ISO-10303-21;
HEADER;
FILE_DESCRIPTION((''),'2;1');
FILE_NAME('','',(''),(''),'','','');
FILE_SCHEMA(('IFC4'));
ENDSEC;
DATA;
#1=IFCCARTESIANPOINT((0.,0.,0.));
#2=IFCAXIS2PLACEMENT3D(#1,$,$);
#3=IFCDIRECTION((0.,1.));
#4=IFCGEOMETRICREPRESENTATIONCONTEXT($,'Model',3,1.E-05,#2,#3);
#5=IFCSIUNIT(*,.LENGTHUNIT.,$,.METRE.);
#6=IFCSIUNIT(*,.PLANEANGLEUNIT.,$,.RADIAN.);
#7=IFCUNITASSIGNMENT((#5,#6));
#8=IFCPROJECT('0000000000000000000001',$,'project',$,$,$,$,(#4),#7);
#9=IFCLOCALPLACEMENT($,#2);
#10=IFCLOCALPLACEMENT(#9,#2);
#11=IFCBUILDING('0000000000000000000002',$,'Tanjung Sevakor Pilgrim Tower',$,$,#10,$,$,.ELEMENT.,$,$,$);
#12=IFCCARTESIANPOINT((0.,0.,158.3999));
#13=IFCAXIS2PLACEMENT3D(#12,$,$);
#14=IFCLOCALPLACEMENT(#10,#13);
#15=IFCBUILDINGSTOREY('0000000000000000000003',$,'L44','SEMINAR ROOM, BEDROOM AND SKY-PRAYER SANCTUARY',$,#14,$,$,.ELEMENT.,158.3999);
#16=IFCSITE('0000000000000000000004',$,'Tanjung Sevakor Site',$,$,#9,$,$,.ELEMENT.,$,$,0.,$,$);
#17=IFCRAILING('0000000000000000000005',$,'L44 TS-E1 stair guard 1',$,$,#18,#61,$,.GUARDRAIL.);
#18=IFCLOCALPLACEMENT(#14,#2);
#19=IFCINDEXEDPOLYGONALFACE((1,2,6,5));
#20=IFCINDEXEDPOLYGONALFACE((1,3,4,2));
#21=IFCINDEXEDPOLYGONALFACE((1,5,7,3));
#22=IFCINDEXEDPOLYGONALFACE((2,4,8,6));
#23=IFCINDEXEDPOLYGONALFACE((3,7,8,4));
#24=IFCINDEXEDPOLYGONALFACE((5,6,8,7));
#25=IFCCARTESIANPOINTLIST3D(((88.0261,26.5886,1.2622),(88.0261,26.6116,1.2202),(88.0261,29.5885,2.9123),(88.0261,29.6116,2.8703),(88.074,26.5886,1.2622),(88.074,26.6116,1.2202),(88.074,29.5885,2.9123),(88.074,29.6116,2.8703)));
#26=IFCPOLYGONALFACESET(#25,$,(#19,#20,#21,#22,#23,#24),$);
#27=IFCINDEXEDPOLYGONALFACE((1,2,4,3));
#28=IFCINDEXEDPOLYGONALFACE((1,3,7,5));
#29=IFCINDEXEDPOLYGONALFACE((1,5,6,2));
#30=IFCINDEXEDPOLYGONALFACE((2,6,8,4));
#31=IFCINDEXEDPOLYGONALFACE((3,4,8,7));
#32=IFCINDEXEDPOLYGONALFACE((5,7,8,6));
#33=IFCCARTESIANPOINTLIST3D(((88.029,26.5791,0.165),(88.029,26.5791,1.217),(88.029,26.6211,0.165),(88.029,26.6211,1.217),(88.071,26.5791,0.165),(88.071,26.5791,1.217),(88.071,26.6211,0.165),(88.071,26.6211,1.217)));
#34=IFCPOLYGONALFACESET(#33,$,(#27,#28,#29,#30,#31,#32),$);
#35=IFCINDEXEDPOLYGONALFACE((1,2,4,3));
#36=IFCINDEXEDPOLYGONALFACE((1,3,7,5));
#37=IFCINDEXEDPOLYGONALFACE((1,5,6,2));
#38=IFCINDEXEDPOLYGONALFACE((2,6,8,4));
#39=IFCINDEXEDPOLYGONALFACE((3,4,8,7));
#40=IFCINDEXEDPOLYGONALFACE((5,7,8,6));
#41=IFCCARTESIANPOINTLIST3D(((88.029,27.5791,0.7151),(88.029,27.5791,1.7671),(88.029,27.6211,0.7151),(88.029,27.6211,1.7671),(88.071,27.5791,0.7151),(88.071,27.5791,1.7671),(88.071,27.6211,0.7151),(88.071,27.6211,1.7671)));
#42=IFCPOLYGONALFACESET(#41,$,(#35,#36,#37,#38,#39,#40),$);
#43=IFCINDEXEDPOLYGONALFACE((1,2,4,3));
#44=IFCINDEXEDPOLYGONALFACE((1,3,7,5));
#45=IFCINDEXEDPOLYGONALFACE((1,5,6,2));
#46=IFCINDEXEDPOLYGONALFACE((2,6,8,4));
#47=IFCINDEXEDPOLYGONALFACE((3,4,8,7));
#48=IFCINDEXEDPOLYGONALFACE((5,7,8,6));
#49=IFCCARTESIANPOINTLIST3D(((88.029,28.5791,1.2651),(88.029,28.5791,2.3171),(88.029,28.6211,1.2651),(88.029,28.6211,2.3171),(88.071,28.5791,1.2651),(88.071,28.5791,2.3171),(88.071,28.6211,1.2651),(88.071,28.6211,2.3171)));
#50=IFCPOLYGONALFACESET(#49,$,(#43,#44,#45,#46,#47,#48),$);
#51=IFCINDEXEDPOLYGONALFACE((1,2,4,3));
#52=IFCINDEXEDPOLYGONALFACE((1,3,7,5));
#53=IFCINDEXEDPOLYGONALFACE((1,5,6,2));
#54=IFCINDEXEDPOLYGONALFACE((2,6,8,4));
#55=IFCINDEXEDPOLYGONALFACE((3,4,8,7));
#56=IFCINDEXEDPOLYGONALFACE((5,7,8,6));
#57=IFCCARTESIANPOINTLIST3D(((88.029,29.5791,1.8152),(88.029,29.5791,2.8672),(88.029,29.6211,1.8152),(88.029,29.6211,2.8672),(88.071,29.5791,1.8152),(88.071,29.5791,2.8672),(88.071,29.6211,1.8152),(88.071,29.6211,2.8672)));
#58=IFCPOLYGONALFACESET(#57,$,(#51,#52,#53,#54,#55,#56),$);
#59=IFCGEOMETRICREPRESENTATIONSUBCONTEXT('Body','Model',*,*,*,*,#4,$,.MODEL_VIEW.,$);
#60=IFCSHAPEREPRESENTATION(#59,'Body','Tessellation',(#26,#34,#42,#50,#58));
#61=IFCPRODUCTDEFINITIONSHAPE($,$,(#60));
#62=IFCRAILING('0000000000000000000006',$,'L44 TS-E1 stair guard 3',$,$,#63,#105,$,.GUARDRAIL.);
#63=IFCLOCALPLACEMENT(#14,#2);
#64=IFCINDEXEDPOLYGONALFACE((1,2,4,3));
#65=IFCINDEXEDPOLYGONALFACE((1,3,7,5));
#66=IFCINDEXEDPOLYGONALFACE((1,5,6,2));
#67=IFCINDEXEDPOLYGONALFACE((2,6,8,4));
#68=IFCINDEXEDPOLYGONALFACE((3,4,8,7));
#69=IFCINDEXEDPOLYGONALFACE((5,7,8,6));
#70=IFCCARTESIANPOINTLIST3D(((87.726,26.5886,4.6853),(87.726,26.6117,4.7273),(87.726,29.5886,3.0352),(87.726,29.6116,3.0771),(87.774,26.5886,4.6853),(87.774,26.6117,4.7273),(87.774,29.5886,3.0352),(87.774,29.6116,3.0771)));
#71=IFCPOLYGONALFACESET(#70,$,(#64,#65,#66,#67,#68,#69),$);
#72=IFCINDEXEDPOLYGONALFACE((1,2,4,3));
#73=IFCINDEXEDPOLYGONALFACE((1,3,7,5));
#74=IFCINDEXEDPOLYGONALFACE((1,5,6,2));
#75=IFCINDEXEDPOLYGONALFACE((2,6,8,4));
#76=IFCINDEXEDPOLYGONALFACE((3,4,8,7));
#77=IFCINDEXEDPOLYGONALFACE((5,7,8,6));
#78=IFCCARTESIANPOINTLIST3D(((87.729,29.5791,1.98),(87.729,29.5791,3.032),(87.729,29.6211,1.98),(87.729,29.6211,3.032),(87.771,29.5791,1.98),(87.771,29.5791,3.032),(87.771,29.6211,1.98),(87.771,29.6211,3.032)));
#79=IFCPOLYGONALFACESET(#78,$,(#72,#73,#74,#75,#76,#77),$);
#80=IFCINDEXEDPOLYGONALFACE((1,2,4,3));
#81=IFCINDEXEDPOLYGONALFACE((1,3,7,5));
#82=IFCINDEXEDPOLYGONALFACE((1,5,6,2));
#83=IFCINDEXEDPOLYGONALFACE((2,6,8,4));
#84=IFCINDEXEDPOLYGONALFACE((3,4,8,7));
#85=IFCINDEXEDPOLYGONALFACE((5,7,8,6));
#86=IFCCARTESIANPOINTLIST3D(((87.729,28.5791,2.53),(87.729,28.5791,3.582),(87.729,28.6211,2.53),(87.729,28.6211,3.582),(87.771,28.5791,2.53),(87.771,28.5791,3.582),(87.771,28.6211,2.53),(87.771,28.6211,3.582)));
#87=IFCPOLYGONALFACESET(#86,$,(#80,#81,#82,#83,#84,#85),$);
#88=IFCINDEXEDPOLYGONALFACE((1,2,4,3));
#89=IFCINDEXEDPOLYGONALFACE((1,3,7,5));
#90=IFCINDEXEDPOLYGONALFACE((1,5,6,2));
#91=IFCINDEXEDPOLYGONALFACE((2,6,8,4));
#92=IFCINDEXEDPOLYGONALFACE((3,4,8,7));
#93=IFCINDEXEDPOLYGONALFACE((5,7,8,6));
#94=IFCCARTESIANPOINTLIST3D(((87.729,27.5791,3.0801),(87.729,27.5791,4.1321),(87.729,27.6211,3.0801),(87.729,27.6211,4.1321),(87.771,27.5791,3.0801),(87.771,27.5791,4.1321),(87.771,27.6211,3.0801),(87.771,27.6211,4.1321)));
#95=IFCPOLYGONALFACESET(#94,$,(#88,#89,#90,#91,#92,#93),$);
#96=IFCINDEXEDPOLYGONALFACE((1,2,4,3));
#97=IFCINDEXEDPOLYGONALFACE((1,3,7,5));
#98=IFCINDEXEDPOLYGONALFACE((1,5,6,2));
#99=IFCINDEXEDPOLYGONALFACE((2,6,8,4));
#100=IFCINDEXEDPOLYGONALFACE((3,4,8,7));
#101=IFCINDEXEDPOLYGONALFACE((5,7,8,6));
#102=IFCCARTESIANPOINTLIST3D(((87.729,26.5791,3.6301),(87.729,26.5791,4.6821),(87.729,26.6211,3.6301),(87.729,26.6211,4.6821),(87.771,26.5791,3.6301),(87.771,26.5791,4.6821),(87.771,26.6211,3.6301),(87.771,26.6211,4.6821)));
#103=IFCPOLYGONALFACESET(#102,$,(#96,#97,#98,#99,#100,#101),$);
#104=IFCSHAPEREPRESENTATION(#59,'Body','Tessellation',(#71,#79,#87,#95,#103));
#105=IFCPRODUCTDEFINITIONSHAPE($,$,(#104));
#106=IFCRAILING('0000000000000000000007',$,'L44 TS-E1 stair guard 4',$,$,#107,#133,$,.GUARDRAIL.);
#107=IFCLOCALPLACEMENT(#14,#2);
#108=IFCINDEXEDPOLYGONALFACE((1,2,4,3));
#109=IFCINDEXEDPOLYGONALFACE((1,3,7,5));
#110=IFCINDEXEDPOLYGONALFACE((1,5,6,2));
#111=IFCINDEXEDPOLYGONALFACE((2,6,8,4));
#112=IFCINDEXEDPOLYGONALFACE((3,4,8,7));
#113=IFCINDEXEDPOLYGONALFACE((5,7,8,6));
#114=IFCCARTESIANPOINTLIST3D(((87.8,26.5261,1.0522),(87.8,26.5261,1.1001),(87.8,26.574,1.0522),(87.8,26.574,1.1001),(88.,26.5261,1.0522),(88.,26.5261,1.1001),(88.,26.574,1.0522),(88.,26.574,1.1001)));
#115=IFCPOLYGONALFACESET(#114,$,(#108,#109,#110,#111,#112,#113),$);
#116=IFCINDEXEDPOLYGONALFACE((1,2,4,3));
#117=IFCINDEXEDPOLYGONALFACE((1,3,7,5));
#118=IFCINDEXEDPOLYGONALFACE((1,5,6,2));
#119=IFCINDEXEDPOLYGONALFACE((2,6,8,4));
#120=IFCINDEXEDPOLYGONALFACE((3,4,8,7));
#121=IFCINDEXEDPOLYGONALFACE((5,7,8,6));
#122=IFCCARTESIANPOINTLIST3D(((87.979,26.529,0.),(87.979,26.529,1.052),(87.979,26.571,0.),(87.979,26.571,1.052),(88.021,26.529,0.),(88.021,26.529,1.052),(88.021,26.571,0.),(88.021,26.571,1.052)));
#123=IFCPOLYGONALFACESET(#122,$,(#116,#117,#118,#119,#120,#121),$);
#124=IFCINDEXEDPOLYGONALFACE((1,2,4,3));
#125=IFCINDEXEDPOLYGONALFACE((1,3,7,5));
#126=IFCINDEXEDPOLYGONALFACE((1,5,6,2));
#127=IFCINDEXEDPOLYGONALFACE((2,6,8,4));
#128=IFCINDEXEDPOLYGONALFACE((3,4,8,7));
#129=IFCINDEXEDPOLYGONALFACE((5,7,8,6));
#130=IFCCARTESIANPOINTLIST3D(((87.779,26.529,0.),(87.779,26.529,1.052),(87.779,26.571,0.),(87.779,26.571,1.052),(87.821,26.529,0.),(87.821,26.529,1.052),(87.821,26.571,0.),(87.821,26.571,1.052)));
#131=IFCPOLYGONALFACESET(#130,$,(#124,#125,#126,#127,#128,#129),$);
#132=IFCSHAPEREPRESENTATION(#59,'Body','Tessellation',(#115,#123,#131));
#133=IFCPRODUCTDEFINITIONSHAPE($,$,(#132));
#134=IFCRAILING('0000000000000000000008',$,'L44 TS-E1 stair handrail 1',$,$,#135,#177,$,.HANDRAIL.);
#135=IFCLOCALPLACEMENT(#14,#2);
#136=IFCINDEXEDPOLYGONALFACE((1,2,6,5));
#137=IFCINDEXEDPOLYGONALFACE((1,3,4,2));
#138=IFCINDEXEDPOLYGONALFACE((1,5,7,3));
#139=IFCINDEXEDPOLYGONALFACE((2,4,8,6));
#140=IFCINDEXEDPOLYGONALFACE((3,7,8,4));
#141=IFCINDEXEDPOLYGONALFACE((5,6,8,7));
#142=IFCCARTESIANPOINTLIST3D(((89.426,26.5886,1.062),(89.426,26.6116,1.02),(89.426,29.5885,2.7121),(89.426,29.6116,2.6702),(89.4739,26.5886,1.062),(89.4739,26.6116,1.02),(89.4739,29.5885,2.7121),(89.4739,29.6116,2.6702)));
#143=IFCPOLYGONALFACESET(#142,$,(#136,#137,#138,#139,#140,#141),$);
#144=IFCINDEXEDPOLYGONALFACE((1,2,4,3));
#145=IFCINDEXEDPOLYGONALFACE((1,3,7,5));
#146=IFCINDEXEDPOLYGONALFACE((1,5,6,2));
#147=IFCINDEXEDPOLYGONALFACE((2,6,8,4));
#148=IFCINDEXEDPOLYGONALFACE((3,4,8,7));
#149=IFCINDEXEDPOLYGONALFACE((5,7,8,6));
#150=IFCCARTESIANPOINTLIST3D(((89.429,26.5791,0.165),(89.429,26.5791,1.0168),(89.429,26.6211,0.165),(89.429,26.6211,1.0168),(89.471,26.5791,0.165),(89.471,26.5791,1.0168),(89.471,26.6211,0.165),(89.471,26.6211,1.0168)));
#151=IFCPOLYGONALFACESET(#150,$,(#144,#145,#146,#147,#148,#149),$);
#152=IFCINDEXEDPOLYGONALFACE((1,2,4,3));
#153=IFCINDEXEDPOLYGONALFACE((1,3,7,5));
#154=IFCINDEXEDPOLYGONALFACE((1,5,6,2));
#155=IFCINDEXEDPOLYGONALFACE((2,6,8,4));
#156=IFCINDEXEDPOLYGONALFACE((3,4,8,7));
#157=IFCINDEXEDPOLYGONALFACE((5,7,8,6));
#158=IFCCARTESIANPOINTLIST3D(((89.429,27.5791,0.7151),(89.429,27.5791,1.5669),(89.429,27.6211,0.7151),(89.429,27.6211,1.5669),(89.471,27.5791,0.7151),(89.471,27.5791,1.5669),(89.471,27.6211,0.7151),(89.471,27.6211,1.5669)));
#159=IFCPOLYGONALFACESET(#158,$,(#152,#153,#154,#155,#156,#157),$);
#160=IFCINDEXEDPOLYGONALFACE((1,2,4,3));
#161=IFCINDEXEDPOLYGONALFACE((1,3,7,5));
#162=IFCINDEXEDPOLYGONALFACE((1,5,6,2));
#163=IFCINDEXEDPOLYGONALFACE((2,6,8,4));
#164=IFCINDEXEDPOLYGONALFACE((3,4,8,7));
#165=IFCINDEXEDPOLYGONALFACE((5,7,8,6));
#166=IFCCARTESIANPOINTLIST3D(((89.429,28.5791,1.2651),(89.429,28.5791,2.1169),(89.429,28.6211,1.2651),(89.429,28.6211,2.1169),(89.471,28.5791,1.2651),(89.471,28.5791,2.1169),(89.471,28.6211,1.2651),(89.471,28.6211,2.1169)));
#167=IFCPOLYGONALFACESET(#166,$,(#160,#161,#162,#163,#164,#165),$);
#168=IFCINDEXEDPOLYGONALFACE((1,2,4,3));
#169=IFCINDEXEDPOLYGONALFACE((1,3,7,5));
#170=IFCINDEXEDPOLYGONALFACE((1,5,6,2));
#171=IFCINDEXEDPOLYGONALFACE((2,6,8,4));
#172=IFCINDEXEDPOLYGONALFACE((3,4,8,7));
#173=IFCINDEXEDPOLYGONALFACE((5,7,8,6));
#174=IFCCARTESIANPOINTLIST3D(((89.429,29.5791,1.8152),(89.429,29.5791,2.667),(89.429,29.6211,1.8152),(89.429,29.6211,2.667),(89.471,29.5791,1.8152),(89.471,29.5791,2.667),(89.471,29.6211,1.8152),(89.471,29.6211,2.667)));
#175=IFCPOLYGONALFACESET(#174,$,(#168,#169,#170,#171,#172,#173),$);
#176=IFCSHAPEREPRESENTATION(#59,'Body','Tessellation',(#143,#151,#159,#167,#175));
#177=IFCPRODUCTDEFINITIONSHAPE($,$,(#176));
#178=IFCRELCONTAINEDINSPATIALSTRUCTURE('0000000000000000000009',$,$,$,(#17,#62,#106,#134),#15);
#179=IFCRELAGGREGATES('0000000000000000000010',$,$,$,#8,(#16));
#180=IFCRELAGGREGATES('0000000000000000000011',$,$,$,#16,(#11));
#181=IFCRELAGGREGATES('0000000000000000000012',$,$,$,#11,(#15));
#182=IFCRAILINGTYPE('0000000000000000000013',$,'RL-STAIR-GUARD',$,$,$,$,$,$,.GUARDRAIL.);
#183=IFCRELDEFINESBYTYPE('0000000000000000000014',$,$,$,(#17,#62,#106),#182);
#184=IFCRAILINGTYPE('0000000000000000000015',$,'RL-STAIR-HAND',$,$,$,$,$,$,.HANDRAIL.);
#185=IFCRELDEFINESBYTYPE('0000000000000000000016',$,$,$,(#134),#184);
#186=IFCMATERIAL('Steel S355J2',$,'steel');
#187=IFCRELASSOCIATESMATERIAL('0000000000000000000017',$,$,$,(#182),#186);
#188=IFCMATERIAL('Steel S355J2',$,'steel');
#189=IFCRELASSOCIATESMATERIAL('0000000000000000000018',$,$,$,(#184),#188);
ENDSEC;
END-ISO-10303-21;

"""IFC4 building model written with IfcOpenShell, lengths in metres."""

from ifc_helpers import new_model, si_unit, direction, frame, origin, place, context, subcontext, project, spatial, rectangle, extrude, material, type_object, element, save


model = new_model("IFC4")

# Units and contexts
model_context = context("Model", 3, precision=1e-05, world=origin(), true_north=direction((0.0, 1.0)))
body_context = subcontext(model_context, "Body", "Model", "MODEL_VIEW")
ifc_project = project(units=[si_unit("LENGTHUNIT", "METRE"), si_unit("PLANEANGLEUNIT", "RADIAN")], contexts=[model_context])

# Site, building, storey
site_placement = place(None, origin())
site = spatial("IfcSite", under=ifc_project, at=site_placement, Name="Tanjung Sevakor Site", CompositionType="ELEMENT", RefElevation=0.0)
building_placement = place(site_placement, origin())
building = spatial("IfcBuilding", under=site, at=building_placement, Name="Tanjung Sevakor Pilgrim Tower", CompositionType="ELEMENT")
storey_placement = place(building_placement, frame((0.0, 0.0, 158.3999)))
storey = spatial("IfcBuildingStorey", under=building, at=storey_placement, Name="L44", Description="SEMINAR ROOM, BEDROOM AND SKY-PRAYER SANCTUARY", CompositionType="ELEMENT", Elevation=158.3999)

# Railings
ifc_material_1 = material(Name="Steel S355J2", Category="steel")
railing_type_1 = type_object("IfcRailingType", Name="RL-STAIR-GUARD", PredefinedType="GUARDRAIL", material=ifc_material_1)
railing_1_placement = place(storey_placement, frame((88.05, 26.6001, 0.165)))
element("IfcRailing", 1, at=railing_1_placement, inside=storey, type_object=railing_type_1, Name="L44 TS-E1 stair guard 1", PredefinedType="GUARDRAIL", context=body_context, shape_type="SweptSolid", body=[
    extrude(rectangle(XDim=0.0479, YDim=0.0479), frame((0.0, 0.0, 1.0762), z_axis=(0.0, 0.876198, 0.481952), x_axis=(-1.0, 0.0, 0.0)), (0.0, 0.0, 1.0), 3.4238),
    extrude(rectangle(XDim=0.042, YDim=0.042), origin(), (0.0, 0.0, 1.0), 1.052),
    extrude(rectangle(XDim=0.042, YDim=0.042), frame((0.0, 1.0, 0.55)), (0.0, 0.0, 1.0), 1.052),
    extrude(rectangle(XDim=0.042, YDim=0.042), frame((0.0, 2.0, 1.1001)), (0.0, 0.0, 1.0), 1.052),
    extrude(rectangle(XDim=0.042, YDim=0.042), frame((0.0, 3.0, 1.6501)), (0.0, 0.0, 1.0), 1.052),
])
railing_2_placement = place(storey_placement, frame((87.75, 29.6001, 1.98)))
element("IfcRailing", 2, at=railing_2_placement, inside=storey, type_object=railing_type_1, Name="L44 TS-E1 stair guard 3", PredefinedType="GUARDRAIL", context=body_context, shape_type="SweptSolid", body=[
    extrude(rectangle(XDim=0.0479, YDim=0.0479), frame((0.0, 0.0, 1.0762), z_axis=(0.0, -0.876198, 0.481952), x_axis=(1.0, 0.0, 0.0)), (0.0, 0.0, 1.0), 3.4238),
    extrude(rectangle(XDim=0.042, YDim=0.042), origin(), (0.0, 0.0, 1.0), 1.052),
    extrude(rectangle(XDim=0.042, YDim=0.042), frame((0.0, -1.0, 0.55)), (0.0, 0.0, 1.0), 1.052),
    extrude(rectangle(XDim=0.042, YDim=0.042), frame((0.0, -2.0, 1.1001)), (0.0, 0.0, 1.0), 1.052),
    extrude(rectangle(XDim=0.042, YDim=0.042), frame((0.0, -3.0, 1.6501)), (0.0, 0.0, 1.0), 1.052),
])
railing_3_placement = place(storey_placement, frame((88.0, 26.55, 0.0)))
element("IfcRailing", 3, at=railing_3_placement, inside=storey, type_object=railing_type_1, Name="L44 TS-E1 stair guard 4", PredefinedType="GUARDRAIL", context=body_context, shape_type="SweptSolid", body=[
    extrude(rectangle(XDim=0.0479, YDim=0.0479), frame((0.0, 0.0, 1.0762), z_axis=(-1.0, 0.0, 0.0), x_axis=(0.0, -1.0, 0.0)), (0.0, 0.0, 1.0), 0.2),
    extrude(rectangle(XDim=0.042, YDim=0.042), origin(), (0.0, 0.0, 1.0), 1.052),
    extrude(rectangle(XDim=0.042, YDim=0.042), frame((-0.2, 0.0, 0.0)), (0.0, 0.0, 1.0), 1.052),
])
ifc_material_2 = material(Name="Steel S355J2", Category="steel")
railing_type_2 = type_object("IfcRailingType", Name="RL-STAIR-HAND", PredefinedType="HANDRAIL", material=ifc_material_2)
railing_4_placement = place(storey_placement, frame((89.45, 26.6001, 0.165)))
element("IfcRailing", 4, at=railing_4_placement, inside=storey, type_object=railing_type_2, Name="L44 TS-E1 stair handrail 1", PredefinedType="HANDRAIL", context=body_context, shape_type="SweptSolid", body=[
    extrude(rectangle(XDim=0.0479, YDim=0.0479), frame((0.0, 0.0, 0.876), z_axis=(0.0, 0.876198, 0.481952), x_axis=(-1.0, 0.0, 0.0)), (0.0, 0.0, 1.0), 3.4238),
    extrude(rectangle(XDim=0.042, YDim=0.042), origin(), (0.0, 0.0, 1.0), 0.8518),
    extrude(rectangle(XDim=0.042, YDim=0.042), frame((0.0, 1.0, 0.55)), (0.0, 0.0, 1.0), 0.8518),
    extrude(rectangle(XDim=0.042, YDim=0.042), frame((0.0, 2.0, 1.1001)), (0.0, 0.0, 1.0), 0.8518),
    extrude(rectangle(XDim=0.042, YDim=0.042), frame((0.0, 3.0, 1.6501)), (0.0, 0.0, 1.0), 0.8518),
])

save(model, "model.ifc")
